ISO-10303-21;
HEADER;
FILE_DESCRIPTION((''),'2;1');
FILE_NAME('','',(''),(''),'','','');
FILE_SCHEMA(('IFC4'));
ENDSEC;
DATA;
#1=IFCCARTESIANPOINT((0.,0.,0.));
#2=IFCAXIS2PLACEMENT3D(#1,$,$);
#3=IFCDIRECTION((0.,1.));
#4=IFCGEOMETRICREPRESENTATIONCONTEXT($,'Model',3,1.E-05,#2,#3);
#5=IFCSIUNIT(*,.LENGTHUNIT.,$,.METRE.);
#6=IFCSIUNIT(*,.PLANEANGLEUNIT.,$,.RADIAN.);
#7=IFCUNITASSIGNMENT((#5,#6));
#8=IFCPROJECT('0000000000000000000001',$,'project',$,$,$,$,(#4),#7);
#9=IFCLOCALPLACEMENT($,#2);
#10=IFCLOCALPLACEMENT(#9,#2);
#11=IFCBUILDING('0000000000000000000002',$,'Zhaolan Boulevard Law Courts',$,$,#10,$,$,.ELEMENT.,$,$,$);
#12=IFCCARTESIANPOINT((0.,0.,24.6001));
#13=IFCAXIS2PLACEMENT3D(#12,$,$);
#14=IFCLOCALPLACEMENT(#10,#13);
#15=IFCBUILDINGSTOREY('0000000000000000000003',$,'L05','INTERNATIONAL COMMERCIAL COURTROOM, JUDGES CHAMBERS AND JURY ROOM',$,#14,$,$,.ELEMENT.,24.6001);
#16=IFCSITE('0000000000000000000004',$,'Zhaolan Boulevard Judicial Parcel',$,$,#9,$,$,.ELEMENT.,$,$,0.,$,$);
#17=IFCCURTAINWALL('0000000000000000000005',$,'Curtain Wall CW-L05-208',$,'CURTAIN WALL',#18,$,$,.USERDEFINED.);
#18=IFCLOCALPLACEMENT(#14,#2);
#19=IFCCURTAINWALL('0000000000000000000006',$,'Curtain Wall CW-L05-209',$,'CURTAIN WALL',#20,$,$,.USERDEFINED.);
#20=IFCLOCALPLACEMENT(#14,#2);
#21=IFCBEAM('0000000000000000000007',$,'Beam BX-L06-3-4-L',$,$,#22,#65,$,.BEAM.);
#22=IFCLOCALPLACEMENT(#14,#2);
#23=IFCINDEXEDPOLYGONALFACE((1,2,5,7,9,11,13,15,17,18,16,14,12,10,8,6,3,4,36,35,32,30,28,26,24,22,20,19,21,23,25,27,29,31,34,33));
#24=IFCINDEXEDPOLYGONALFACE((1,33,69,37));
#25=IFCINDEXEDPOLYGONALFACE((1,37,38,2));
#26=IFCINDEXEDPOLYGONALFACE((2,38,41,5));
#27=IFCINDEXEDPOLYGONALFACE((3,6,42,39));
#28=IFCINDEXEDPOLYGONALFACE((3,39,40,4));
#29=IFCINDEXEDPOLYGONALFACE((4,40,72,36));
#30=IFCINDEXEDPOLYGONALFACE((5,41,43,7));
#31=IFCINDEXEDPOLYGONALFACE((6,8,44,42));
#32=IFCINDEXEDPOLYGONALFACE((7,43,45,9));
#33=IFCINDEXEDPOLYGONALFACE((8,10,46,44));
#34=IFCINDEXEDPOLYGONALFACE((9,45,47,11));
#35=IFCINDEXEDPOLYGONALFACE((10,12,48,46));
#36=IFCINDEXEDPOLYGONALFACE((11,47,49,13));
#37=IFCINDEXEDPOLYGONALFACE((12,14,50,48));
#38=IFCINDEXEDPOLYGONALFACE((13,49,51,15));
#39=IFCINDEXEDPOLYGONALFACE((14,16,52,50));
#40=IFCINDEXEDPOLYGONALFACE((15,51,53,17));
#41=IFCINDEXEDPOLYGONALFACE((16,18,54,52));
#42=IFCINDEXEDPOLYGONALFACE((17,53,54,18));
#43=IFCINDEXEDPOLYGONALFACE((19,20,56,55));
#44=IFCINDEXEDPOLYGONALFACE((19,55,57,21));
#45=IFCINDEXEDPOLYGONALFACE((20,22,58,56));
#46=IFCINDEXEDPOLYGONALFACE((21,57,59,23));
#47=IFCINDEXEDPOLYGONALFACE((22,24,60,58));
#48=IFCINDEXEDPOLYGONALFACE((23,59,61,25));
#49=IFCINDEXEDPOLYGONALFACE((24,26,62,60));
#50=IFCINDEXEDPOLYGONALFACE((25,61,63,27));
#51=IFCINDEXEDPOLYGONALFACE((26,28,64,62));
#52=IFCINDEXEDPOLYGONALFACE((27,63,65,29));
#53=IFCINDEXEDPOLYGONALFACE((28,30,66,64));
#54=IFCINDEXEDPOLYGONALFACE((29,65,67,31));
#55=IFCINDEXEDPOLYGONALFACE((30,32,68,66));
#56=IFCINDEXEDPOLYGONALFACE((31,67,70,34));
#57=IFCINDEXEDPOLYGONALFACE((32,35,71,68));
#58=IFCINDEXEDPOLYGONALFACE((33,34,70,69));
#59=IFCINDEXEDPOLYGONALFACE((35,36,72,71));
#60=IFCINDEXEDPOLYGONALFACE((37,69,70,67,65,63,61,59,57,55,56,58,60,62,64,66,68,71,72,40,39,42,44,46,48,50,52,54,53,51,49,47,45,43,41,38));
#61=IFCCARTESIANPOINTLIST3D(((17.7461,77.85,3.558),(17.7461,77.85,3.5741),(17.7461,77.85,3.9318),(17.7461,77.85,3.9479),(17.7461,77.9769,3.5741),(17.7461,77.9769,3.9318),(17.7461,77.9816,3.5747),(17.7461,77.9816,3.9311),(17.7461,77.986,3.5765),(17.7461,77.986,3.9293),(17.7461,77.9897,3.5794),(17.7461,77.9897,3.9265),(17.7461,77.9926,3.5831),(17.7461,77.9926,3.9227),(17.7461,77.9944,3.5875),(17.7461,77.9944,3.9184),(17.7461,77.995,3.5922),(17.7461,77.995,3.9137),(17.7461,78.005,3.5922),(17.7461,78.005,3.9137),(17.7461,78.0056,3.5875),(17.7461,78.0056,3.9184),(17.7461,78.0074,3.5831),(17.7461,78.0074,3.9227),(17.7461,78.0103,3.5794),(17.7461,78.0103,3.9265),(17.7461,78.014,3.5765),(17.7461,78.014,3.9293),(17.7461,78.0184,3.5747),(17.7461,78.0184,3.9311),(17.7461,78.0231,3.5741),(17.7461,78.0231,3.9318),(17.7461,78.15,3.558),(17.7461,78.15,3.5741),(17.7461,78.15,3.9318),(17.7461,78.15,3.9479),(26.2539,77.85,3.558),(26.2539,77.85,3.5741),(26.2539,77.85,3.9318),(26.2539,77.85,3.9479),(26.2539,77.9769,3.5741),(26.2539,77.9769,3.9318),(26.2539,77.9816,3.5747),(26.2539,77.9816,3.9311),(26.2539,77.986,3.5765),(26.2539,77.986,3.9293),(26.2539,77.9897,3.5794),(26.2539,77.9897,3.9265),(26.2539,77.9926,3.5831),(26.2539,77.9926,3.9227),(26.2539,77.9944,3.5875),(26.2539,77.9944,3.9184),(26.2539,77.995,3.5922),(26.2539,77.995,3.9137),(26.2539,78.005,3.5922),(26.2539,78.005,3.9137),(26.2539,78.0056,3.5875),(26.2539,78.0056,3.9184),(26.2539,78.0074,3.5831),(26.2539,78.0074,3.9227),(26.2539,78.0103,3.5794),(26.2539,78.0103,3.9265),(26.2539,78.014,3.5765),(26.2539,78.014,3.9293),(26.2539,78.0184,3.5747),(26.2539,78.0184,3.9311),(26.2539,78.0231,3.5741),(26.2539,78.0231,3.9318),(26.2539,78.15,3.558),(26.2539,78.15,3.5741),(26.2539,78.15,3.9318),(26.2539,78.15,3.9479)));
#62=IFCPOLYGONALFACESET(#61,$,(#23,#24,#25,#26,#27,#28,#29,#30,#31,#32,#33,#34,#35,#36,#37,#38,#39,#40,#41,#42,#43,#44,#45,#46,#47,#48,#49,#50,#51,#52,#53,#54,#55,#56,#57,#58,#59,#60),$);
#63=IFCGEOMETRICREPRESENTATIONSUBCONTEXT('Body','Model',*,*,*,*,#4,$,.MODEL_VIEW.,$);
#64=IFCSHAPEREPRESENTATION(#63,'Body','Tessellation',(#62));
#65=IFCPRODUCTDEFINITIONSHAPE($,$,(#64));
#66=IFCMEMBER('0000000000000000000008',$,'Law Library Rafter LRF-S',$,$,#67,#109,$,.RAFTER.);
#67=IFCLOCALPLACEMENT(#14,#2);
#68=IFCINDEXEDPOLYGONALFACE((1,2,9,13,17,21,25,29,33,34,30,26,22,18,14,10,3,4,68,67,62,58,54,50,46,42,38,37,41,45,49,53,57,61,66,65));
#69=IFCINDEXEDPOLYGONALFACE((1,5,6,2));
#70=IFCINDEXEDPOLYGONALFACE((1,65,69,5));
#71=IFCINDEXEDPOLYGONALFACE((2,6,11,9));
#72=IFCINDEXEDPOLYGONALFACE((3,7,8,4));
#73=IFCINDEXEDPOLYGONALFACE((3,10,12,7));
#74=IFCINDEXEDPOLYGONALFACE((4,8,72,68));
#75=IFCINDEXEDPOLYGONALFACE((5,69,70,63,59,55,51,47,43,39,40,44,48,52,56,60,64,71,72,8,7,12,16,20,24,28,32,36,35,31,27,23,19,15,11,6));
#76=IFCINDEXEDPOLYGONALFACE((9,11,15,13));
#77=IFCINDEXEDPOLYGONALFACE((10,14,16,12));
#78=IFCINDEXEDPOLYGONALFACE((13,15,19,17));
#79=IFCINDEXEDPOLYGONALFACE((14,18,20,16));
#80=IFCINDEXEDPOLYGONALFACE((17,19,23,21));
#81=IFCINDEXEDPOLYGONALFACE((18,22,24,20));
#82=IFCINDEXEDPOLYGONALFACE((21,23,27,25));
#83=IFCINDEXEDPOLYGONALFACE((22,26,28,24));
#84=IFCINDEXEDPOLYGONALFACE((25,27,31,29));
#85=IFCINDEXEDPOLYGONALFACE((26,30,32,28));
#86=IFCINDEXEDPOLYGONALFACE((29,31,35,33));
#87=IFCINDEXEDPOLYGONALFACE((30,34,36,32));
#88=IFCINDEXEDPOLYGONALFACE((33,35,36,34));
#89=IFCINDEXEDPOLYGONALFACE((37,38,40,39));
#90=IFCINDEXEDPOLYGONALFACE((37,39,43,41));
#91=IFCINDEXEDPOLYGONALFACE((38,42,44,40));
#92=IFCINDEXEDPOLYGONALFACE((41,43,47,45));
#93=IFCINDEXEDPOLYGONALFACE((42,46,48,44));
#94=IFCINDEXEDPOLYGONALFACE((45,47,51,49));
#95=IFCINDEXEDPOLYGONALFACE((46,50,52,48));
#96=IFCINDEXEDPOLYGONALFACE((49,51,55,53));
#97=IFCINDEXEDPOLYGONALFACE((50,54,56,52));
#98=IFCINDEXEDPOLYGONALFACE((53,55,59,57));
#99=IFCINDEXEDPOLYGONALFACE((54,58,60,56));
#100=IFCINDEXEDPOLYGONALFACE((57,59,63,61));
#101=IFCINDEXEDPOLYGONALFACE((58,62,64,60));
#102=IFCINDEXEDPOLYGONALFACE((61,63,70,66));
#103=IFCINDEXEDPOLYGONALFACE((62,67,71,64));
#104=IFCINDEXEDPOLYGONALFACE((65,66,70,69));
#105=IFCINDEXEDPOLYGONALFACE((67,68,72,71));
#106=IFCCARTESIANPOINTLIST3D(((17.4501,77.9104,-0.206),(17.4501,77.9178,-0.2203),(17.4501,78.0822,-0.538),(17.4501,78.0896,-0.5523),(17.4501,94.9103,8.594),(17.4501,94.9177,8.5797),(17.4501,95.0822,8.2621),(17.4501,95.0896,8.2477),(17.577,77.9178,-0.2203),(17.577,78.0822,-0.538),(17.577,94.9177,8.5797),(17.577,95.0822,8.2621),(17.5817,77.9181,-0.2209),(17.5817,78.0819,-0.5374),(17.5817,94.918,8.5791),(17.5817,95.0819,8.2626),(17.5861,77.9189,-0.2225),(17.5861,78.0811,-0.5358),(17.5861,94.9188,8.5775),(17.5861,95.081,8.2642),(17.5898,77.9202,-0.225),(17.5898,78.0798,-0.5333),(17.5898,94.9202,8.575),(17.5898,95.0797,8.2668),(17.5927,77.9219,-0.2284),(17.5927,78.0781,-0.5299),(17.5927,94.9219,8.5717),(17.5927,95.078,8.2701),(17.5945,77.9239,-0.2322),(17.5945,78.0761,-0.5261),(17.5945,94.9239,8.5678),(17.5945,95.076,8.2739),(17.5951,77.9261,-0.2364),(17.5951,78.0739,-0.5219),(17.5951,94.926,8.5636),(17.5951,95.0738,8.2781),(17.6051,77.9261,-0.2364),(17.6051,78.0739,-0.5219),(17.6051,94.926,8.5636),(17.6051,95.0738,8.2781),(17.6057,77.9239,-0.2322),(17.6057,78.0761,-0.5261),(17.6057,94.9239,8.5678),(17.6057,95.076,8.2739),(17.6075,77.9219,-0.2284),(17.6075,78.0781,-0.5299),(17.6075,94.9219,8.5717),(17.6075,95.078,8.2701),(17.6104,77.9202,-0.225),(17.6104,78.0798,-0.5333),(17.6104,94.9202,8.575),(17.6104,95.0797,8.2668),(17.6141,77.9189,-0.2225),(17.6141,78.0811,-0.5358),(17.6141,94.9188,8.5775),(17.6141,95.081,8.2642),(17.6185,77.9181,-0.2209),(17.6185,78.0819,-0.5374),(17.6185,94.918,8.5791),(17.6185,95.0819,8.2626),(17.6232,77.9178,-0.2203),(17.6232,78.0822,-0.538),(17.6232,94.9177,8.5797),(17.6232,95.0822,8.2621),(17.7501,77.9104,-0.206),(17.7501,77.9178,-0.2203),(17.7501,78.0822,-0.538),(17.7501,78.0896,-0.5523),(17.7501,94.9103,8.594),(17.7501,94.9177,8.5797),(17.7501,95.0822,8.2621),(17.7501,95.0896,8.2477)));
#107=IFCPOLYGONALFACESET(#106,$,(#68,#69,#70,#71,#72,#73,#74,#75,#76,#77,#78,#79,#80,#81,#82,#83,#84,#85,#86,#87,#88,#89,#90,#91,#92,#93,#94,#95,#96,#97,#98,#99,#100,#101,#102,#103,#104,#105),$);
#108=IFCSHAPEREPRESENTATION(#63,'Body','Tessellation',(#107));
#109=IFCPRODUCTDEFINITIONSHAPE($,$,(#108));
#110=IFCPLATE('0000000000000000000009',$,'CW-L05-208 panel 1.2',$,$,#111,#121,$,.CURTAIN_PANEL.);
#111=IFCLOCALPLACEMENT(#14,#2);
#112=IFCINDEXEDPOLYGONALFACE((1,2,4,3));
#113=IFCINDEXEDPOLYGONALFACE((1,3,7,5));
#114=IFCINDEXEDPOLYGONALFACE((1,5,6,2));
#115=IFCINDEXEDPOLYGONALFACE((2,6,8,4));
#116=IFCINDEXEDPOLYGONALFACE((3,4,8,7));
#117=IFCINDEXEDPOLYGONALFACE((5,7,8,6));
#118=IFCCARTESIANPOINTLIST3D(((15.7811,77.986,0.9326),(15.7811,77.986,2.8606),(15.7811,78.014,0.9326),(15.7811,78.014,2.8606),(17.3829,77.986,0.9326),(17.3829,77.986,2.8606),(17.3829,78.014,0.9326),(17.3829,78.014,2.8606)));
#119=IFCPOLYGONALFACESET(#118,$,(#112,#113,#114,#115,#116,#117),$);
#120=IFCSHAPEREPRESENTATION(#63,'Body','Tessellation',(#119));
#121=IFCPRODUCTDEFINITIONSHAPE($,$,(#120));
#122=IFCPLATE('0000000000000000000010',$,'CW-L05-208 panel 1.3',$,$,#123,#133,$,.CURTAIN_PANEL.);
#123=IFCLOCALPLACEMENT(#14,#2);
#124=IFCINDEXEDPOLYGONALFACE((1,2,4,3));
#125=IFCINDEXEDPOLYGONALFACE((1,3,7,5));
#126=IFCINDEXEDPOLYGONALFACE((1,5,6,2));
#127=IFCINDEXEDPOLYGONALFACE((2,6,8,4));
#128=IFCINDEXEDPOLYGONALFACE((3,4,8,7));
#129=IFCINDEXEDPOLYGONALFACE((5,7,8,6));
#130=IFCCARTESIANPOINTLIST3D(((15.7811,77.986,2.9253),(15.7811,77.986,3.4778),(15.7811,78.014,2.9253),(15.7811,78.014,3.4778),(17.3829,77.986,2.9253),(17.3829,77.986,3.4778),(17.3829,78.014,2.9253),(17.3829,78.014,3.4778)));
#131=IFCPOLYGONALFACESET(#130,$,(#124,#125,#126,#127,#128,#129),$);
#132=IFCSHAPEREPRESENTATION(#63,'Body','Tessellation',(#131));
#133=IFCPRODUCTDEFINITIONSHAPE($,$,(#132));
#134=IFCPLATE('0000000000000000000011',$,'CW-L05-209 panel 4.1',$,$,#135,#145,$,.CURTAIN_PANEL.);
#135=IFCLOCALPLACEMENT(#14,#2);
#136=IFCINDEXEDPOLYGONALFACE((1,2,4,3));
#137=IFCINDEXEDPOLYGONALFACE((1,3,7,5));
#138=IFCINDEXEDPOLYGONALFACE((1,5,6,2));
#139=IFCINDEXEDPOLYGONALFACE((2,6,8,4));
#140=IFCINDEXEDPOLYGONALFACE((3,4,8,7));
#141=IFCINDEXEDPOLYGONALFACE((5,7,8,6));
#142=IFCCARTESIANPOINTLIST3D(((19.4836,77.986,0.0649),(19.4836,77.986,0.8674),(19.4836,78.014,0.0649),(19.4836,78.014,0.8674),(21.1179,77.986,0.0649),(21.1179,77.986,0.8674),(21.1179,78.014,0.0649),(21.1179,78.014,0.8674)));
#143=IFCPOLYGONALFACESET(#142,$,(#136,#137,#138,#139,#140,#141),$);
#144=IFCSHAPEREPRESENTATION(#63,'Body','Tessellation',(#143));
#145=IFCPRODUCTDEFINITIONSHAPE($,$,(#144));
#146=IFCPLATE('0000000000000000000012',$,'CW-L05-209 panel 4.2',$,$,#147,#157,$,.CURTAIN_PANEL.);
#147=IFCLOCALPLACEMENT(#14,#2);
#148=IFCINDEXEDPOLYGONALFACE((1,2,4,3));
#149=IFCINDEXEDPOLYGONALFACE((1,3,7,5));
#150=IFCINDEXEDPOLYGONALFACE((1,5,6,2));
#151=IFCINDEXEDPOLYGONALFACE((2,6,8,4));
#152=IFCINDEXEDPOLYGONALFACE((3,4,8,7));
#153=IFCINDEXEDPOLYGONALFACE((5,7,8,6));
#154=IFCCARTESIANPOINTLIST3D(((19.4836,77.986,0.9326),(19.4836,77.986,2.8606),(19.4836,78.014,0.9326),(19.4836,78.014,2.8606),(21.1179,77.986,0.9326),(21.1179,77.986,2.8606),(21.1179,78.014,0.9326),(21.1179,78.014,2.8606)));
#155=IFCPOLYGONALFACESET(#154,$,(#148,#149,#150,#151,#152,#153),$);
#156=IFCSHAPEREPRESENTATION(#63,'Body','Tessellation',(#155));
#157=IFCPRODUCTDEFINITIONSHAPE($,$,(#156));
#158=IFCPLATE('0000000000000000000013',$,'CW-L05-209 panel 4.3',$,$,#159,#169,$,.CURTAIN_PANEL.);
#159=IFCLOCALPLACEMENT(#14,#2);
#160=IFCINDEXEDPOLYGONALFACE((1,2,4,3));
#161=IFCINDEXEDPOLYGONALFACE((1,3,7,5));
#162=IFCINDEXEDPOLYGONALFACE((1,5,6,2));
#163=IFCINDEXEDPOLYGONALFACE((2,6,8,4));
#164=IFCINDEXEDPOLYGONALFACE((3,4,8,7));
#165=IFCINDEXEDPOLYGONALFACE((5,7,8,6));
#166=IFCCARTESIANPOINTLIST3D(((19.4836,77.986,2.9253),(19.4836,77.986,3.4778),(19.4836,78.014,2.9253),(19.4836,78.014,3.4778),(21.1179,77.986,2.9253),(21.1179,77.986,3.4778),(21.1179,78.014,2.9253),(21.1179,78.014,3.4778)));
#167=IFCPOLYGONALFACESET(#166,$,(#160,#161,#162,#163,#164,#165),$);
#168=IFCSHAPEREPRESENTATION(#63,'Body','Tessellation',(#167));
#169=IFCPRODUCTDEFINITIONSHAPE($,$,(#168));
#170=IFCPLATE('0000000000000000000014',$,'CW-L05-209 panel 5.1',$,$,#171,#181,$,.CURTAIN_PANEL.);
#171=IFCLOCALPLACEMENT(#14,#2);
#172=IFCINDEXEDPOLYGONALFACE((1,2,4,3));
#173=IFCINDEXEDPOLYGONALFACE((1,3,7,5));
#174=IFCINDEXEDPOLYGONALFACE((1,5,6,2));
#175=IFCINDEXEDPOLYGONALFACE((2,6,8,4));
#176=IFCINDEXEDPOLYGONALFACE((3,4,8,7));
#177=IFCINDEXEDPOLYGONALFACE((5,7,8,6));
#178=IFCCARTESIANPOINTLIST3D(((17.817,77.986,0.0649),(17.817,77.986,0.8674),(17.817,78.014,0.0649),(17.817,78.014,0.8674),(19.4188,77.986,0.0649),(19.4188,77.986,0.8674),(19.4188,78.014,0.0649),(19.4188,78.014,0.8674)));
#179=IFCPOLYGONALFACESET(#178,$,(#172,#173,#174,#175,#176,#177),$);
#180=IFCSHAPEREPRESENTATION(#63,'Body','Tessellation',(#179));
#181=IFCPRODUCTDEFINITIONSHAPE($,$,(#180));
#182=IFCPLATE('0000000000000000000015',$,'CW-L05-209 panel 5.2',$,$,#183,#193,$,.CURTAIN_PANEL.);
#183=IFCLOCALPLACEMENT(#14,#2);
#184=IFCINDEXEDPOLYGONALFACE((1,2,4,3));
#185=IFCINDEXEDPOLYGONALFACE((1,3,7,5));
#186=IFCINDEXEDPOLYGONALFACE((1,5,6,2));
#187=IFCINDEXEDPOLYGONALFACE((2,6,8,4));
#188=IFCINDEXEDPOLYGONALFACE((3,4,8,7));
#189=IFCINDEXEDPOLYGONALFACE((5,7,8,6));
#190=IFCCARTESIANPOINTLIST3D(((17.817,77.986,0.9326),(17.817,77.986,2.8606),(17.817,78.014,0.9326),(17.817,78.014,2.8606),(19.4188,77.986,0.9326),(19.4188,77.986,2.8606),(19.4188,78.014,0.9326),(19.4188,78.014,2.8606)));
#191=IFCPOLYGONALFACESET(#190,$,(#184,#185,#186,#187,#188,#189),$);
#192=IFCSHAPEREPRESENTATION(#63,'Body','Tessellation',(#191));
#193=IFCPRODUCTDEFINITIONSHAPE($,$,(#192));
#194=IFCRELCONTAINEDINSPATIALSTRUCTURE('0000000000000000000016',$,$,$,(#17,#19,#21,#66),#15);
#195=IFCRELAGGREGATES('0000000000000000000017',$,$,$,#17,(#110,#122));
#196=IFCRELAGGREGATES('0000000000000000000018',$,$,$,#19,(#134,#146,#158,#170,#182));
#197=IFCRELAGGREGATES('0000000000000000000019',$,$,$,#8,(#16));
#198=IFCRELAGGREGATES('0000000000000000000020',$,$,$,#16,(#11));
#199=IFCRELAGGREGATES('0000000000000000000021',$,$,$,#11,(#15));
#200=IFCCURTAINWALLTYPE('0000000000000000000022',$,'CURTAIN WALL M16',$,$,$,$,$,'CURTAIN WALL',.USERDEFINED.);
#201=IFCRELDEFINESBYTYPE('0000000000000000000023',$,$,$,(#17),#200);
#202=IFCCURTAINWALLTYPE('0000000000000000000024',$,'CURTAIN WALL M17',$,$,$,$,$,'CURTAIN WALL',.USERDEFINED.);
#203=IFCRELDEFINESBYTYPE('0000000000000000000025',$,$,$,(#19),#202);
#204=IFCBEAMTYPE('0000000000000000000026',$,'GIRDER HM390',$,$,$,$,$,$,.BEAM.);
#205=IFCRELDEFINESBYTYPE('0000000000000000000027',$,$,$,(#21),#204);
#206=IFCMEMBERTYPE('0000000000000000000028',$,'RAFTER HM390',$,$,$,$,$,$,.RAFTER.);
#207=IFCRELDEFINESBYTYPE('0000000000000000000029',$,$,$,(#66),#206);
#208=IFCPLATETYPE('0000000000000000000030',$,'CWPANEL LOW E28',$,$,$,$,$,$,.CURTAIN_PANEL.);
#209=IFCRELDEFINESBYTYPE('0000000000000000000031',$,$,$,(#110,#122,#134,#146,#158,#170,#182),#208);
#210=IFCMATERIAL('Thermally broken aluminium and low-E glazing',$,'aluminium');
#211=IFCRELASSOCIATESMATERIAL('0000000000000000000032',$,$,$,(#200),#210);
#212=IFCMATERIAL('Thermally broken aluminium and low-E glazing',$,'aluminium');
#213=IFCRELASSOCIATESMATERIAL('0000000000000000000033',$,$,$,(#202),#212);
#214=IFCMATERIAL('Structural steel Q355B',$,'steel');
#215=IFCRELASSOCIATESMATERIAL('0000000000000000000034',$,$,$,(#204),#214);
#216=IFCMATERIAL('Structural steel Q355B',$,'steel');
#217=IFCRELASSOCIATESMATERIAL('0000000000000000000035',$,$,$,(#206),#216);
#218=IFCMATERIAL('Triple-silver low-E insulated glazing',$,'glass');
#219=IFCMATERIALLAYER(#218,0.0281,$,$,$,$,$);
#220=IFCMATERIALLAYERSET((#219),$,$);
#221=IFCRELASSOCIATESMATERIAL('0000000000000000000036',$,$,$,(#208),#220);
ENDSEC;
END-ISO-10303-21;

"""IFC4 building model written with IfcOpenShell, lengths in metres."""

from ifc_helpers import new_model, si_unit, direction, frame, origin, origin_2d, place, context, subcontext, project, spatial, rectangle, i_section, extrude, material, layer, layer_set, material_profile, profile_set, type_object, element, aggregate, save


model = new_model("IFC4")

# Units and contexts
model_context = context("Model", 3, precision=1e-05, world=origin(), true_north=direction((0.0, 1.0)))
body_context = subcontext(model_context, "Body", "Model", "MODEL_VIEW")
ifc_project = project(units=[si_unit("LENGTHUNIT", "METRE"), si_unit("PLANEANGLEUNIT", "RADIAN")], contexts=[model_context])

# Site, building, storey
site_placement = place(None, origin())
site = spatial("IfcSite", under=ifc_project, at=site_placement, Name="Zhaolan Boulevard Judicial Parcel", CompositionType="ELEMENT", RefElevation=0.0)
building_placement = place(site_placement, origin())
building = spatial("IfcBuilding", under=site, at=building_placement, Name="Zhaolan Boulevard Law Courts", CompositionType="ELEMENT")
storey_placement = place(building_placement, frame((0.0, 0.0, 24.6001)))
storey = spatial("IfcBuildingStorey", under=building, at=storey_placement, Name="L05", Description="INTERNATIONAL COMMERCIAL COURTROOM, JUDGES CHAMBERS AND JURY ROOM", CompositionType="ELEMENT", Elevation=24.6001)

# Curtain wall
ifc_material_1 = material(Name="Thermally broken aluminium and low-E glazing", Category="aluminium")
curtain_wall_type_1 = type_object("IfcCurtainWallType", Name="CURTAIN WALL M16", ElementType="CURTAIN WALL", PredefinedType="USERDEFINED", material=ifc_material_1)
curtain_wall_1_placement = place(storey_placement, origin())
curtain_wall_1 = element("IfcCurtainWall", 1, at=curtain_wall_1_placement, inside=storey, type_object=curtain_wall_type_1, Name="Curtain Wall CW-L05-208", ObjectType="CURTAIN WALL", PredefinedType="USERDEFINED")

# Curtain wall
ifc_material_2 = material(Name="Thermally broken aluminium and low-E glazing", Category="aluminium")
curtain_wall_type_2 = type_object("IfcCurtainWallType", Name="CURTAIN WALL M17", ElementType="CURTAIN WALL", PredefinedType="USERDEFINED", material=ifc_material_2)
curtain_wall_2_placement = place(storey_placement, origin())
curtain_wall_2 = element("IfcCurtainWall", 2, at=curtain_wall_2_placement, inside=storey, type_object=curtain_wall_type_2, Name="Curtain Wall CW-L05-209", ObjectType="CURTAIN WALL", PredefinedType="USERDEFINED")

# Beam
ifc_material_3 = material(Name="Structural steel Q355B", Category="steel")
ifc_material_profile_1 = material_profile(ifc_material_3, i_section(OverallWidth=0.3, OverallDepth=0.3899, WebThickness=0.01, FlangeThickness=0.0161, FilletRadius=0.0181, at=origin_2d()), Name="HM390x300")
ifc_profile_set_1 = profile_set([ifc_material_profile_1], Name="Structural steel Q355B")
beam_type = type_object("IfcBeamType", Name="GIRDER HM390", PredefinedType="BEAM", material=ifc_profile_set_1)
beam_placement = place(storey_placement, frame((17.7461, 78.0, 3.7529), z_axis=(1.0, 0.0, 0.0), x_axis=(0.0, 1.0, 0.0)))
element("IfcBeam", 3, at=beam_placement, inside=storey, type_object=beam_type, Name="Beam BX-L06-3-4-L", PredefinedType="BEAM", context=body_context, shape_type="SweptSolid", body=[
    extrude(i_section(OverallWidth=0.3, OverallDepth=0.3899, WebThickness=0.01, FlangeThickness=0.0161, FilletRadius=0.0181, at=origin_2d()), origin(), (0.0, 0.0, 1.0), 8.5078),
])

# Member
ifc_material_4 = material(Name="Structural steel Q355B", Category="steel")
ifc_material_profile_2 = material_profile(ifc_material_4, i_section(OverallWidth=0.3, OverallDepth=0.3899, WebThickness=0.01, FlangeThickness=0.0161, FilletRadius=0.0181, at=origin_2d()), Name="HM390x300")
ifc_profile_set_2 = profile_set([ifc_material_profile_2], Name="Structural steel Q355B")
member_type_1 = type_object("IfcMemberType", Name="RAFTER HM390", PredefinedType="RAFTER", material=ifc_profile_set_2)
member_1_placement = place(storey_placement, frame((17.6001, 78.0, -0.3792), z_axis=(0.0, 0.88807, 0.459709), x_axis=(-1.0, 0.0, 0.0)))
element("IfcMember", 4, at=member_1_placement, inside=storey, type_object=member_type_1, Name="Law Library Rafter LRF-S", PredefinedType="RAFTER", context=body_context, shape_type="SweptSolid", body=[
    extrude(i_section(OverallWidth=0.3, OverallDepth=0.3899, WebThickness=0.01, FlangeThickness=0.0161, FilletRadius=0.0181, at=origin_2d()), origin(), (0.0, 0.0, 1.0), 19.1426),
])

# Plates
ifc_material_5 = material(Name="Triple-silver low-E insulated glazing", Category="glass")
ifc_layer = layer(ifc_material_5, 0.0281)
ifc_layer_set = layer_set([ifc_layer])
plate_type = type_object("IfcPlateType", Name="CWPANEL LOW E28", PredefinedType="CURTAIN_PANEL", material=ifc_layer_set)
plate_1_placement = place(storey_placement, frame((16.582, 78.0, 0.9326), z_axis=(0.0, 0.0, 1.0), x_axis=(-1.0, 0.0, 0.0)))
plate_1 = element("IfcPlate", 5, at=plate_1_placement, type_object=plate_type, Name="CW-L05-208 panel 1.2", PredefinedType="CURTAIN_PANEL", context=body_context, shape_type="SweptSolid", body=[
    extrude(rectangle(XDim=1.6018, YDim=0.0281, at=origin_2d()), origin(), (0.0, 0.0, 1.0), 1.928),
])
plate_2_placement = place(storey_placement, frame((16.582, 78.0, 2.9253), z_axis=(0.0, 0.0, 1.0), x_axis=(-1.0, 0.0, 0.0)))
plate_2 = element("IfcPlate", 6, at=plate_2_placement, type_object=plate_type, Name="CW-L05-208 panel 1.3", PredefinedType="CURTAIN_PANEL", context=body_context, shape_type="SweptSolid", body=[
    extrude(rectangle(XDim=1.6018, YDim=0.0281, at=origin_2d()), origin(), (0.0, 0.0, 1.0), 0.5525),
])
aggregate(curtain_wall_1, [plate_1, plate_2])
plate_3_placement = place(storey_placement, frame((20.3008, 78.0, 0.0649), z_axis=(0.0, 0.0, 1.0), x_axis=(-1.0, 0.0, 0.0)))
plate_3 = element("IfcPlate", 7, at=plate_3_placement, type_object=plate_type, Name="CW-L05-209 panel 4.1", PredefinedType="CURTAIN_PANEL", context=body_context, shape_type="SweptSolid", body=[
    extrude(rectangle(XDim=1.6343, YDim=0.0281, at=origin_2d()), origin(), (0.0, 0.0, 1.0), 0.8025),
])
plate_4_placement = place(storey_placement, frame((20.3008, 78.0, 0.9326), z_axis=(0.0, 0.0, 1.0), x_axis=(-1.0, 0.0, 0.0)))
plate_4 = element("IfcPlate", 8, at=plate_4_placement, type_object=plate_type, Name="CW-L05-209 panel 4.2", PredefinedType="CURTAIN_PANEL", context=body_context, shape_type="SweptSolid", body=[
    extrude(rectangle(XDim=1.6343, YDim=0.0281, at=origin_2d()), origin(), (0.0, 0.0, 1.0), 1.928),
])
plate_5_placement = place(storey_placement, frame((20.3008, 78.0, 2.9253), z_axis=(0.0, 0.0, 1.0), x_axis=(-1.0, 0.0, 0.0)))
plate_5 = element("IfcPlate", 9, at=plate_5_placement, type_object=plate_type, Name="CW-L05-209 panel 4.3", PredefinedType="CURTAIN_PANEL", context=body_context, shape_type="SweptSolid", body=[
    extrude(rectangle(XDim=1.6343, YDim=0.0281, at=origin_2d()), origin(), (0.0, 0.0, 1.0), 0.5525),
])
plate_6_placement = place(storey_placement, frame((18.6179, 78.0, 0.0649), z_axis=(0.0, 0.0, 1.0), x_axis=(-1.0, 0.0, 0.0)))
plate_6 = element("IfcPlate", 10, at=plate_6_placement, type_object=plate_type, Name="CW-L05-209 panel 5.1", PredefinedType="CURTAIN_PANEL", context=body_context, shape_type="SweptSolid", body=[
    extrude(rectangle(XDim=1.6018, YDim=0.0281, at=origin_2d()), origin(), (0.0, 0.0, 1.0), 0.8025),
])
plate_7_placement = place(storey_placement, frame((18.6179, 78.0, 0.9326), z_axis=(0.0, 0.0, 1.0), x_axis=(-1.0, 0.0, 0.0)))
plate_7 = element("IfcPlate", 11, at=plate_7_placement, type_object=plate_type, Name="CW-L05-209 panel 5.2", PredefinedType="CURTAIN_PANEL", context=body_context, shape_type="SweptSolid", body=[
    extrude(rectangle(XDim=1.6018, YDim=0.0281, at=origin_2d()), origin(), (0.0, 0.0, 1.0), 1.928),
])
aggregate(curtain_wall_2, [plate_3, plate_4, plate_5, plate_6, plate_7])

save(model, "model.ifc")
